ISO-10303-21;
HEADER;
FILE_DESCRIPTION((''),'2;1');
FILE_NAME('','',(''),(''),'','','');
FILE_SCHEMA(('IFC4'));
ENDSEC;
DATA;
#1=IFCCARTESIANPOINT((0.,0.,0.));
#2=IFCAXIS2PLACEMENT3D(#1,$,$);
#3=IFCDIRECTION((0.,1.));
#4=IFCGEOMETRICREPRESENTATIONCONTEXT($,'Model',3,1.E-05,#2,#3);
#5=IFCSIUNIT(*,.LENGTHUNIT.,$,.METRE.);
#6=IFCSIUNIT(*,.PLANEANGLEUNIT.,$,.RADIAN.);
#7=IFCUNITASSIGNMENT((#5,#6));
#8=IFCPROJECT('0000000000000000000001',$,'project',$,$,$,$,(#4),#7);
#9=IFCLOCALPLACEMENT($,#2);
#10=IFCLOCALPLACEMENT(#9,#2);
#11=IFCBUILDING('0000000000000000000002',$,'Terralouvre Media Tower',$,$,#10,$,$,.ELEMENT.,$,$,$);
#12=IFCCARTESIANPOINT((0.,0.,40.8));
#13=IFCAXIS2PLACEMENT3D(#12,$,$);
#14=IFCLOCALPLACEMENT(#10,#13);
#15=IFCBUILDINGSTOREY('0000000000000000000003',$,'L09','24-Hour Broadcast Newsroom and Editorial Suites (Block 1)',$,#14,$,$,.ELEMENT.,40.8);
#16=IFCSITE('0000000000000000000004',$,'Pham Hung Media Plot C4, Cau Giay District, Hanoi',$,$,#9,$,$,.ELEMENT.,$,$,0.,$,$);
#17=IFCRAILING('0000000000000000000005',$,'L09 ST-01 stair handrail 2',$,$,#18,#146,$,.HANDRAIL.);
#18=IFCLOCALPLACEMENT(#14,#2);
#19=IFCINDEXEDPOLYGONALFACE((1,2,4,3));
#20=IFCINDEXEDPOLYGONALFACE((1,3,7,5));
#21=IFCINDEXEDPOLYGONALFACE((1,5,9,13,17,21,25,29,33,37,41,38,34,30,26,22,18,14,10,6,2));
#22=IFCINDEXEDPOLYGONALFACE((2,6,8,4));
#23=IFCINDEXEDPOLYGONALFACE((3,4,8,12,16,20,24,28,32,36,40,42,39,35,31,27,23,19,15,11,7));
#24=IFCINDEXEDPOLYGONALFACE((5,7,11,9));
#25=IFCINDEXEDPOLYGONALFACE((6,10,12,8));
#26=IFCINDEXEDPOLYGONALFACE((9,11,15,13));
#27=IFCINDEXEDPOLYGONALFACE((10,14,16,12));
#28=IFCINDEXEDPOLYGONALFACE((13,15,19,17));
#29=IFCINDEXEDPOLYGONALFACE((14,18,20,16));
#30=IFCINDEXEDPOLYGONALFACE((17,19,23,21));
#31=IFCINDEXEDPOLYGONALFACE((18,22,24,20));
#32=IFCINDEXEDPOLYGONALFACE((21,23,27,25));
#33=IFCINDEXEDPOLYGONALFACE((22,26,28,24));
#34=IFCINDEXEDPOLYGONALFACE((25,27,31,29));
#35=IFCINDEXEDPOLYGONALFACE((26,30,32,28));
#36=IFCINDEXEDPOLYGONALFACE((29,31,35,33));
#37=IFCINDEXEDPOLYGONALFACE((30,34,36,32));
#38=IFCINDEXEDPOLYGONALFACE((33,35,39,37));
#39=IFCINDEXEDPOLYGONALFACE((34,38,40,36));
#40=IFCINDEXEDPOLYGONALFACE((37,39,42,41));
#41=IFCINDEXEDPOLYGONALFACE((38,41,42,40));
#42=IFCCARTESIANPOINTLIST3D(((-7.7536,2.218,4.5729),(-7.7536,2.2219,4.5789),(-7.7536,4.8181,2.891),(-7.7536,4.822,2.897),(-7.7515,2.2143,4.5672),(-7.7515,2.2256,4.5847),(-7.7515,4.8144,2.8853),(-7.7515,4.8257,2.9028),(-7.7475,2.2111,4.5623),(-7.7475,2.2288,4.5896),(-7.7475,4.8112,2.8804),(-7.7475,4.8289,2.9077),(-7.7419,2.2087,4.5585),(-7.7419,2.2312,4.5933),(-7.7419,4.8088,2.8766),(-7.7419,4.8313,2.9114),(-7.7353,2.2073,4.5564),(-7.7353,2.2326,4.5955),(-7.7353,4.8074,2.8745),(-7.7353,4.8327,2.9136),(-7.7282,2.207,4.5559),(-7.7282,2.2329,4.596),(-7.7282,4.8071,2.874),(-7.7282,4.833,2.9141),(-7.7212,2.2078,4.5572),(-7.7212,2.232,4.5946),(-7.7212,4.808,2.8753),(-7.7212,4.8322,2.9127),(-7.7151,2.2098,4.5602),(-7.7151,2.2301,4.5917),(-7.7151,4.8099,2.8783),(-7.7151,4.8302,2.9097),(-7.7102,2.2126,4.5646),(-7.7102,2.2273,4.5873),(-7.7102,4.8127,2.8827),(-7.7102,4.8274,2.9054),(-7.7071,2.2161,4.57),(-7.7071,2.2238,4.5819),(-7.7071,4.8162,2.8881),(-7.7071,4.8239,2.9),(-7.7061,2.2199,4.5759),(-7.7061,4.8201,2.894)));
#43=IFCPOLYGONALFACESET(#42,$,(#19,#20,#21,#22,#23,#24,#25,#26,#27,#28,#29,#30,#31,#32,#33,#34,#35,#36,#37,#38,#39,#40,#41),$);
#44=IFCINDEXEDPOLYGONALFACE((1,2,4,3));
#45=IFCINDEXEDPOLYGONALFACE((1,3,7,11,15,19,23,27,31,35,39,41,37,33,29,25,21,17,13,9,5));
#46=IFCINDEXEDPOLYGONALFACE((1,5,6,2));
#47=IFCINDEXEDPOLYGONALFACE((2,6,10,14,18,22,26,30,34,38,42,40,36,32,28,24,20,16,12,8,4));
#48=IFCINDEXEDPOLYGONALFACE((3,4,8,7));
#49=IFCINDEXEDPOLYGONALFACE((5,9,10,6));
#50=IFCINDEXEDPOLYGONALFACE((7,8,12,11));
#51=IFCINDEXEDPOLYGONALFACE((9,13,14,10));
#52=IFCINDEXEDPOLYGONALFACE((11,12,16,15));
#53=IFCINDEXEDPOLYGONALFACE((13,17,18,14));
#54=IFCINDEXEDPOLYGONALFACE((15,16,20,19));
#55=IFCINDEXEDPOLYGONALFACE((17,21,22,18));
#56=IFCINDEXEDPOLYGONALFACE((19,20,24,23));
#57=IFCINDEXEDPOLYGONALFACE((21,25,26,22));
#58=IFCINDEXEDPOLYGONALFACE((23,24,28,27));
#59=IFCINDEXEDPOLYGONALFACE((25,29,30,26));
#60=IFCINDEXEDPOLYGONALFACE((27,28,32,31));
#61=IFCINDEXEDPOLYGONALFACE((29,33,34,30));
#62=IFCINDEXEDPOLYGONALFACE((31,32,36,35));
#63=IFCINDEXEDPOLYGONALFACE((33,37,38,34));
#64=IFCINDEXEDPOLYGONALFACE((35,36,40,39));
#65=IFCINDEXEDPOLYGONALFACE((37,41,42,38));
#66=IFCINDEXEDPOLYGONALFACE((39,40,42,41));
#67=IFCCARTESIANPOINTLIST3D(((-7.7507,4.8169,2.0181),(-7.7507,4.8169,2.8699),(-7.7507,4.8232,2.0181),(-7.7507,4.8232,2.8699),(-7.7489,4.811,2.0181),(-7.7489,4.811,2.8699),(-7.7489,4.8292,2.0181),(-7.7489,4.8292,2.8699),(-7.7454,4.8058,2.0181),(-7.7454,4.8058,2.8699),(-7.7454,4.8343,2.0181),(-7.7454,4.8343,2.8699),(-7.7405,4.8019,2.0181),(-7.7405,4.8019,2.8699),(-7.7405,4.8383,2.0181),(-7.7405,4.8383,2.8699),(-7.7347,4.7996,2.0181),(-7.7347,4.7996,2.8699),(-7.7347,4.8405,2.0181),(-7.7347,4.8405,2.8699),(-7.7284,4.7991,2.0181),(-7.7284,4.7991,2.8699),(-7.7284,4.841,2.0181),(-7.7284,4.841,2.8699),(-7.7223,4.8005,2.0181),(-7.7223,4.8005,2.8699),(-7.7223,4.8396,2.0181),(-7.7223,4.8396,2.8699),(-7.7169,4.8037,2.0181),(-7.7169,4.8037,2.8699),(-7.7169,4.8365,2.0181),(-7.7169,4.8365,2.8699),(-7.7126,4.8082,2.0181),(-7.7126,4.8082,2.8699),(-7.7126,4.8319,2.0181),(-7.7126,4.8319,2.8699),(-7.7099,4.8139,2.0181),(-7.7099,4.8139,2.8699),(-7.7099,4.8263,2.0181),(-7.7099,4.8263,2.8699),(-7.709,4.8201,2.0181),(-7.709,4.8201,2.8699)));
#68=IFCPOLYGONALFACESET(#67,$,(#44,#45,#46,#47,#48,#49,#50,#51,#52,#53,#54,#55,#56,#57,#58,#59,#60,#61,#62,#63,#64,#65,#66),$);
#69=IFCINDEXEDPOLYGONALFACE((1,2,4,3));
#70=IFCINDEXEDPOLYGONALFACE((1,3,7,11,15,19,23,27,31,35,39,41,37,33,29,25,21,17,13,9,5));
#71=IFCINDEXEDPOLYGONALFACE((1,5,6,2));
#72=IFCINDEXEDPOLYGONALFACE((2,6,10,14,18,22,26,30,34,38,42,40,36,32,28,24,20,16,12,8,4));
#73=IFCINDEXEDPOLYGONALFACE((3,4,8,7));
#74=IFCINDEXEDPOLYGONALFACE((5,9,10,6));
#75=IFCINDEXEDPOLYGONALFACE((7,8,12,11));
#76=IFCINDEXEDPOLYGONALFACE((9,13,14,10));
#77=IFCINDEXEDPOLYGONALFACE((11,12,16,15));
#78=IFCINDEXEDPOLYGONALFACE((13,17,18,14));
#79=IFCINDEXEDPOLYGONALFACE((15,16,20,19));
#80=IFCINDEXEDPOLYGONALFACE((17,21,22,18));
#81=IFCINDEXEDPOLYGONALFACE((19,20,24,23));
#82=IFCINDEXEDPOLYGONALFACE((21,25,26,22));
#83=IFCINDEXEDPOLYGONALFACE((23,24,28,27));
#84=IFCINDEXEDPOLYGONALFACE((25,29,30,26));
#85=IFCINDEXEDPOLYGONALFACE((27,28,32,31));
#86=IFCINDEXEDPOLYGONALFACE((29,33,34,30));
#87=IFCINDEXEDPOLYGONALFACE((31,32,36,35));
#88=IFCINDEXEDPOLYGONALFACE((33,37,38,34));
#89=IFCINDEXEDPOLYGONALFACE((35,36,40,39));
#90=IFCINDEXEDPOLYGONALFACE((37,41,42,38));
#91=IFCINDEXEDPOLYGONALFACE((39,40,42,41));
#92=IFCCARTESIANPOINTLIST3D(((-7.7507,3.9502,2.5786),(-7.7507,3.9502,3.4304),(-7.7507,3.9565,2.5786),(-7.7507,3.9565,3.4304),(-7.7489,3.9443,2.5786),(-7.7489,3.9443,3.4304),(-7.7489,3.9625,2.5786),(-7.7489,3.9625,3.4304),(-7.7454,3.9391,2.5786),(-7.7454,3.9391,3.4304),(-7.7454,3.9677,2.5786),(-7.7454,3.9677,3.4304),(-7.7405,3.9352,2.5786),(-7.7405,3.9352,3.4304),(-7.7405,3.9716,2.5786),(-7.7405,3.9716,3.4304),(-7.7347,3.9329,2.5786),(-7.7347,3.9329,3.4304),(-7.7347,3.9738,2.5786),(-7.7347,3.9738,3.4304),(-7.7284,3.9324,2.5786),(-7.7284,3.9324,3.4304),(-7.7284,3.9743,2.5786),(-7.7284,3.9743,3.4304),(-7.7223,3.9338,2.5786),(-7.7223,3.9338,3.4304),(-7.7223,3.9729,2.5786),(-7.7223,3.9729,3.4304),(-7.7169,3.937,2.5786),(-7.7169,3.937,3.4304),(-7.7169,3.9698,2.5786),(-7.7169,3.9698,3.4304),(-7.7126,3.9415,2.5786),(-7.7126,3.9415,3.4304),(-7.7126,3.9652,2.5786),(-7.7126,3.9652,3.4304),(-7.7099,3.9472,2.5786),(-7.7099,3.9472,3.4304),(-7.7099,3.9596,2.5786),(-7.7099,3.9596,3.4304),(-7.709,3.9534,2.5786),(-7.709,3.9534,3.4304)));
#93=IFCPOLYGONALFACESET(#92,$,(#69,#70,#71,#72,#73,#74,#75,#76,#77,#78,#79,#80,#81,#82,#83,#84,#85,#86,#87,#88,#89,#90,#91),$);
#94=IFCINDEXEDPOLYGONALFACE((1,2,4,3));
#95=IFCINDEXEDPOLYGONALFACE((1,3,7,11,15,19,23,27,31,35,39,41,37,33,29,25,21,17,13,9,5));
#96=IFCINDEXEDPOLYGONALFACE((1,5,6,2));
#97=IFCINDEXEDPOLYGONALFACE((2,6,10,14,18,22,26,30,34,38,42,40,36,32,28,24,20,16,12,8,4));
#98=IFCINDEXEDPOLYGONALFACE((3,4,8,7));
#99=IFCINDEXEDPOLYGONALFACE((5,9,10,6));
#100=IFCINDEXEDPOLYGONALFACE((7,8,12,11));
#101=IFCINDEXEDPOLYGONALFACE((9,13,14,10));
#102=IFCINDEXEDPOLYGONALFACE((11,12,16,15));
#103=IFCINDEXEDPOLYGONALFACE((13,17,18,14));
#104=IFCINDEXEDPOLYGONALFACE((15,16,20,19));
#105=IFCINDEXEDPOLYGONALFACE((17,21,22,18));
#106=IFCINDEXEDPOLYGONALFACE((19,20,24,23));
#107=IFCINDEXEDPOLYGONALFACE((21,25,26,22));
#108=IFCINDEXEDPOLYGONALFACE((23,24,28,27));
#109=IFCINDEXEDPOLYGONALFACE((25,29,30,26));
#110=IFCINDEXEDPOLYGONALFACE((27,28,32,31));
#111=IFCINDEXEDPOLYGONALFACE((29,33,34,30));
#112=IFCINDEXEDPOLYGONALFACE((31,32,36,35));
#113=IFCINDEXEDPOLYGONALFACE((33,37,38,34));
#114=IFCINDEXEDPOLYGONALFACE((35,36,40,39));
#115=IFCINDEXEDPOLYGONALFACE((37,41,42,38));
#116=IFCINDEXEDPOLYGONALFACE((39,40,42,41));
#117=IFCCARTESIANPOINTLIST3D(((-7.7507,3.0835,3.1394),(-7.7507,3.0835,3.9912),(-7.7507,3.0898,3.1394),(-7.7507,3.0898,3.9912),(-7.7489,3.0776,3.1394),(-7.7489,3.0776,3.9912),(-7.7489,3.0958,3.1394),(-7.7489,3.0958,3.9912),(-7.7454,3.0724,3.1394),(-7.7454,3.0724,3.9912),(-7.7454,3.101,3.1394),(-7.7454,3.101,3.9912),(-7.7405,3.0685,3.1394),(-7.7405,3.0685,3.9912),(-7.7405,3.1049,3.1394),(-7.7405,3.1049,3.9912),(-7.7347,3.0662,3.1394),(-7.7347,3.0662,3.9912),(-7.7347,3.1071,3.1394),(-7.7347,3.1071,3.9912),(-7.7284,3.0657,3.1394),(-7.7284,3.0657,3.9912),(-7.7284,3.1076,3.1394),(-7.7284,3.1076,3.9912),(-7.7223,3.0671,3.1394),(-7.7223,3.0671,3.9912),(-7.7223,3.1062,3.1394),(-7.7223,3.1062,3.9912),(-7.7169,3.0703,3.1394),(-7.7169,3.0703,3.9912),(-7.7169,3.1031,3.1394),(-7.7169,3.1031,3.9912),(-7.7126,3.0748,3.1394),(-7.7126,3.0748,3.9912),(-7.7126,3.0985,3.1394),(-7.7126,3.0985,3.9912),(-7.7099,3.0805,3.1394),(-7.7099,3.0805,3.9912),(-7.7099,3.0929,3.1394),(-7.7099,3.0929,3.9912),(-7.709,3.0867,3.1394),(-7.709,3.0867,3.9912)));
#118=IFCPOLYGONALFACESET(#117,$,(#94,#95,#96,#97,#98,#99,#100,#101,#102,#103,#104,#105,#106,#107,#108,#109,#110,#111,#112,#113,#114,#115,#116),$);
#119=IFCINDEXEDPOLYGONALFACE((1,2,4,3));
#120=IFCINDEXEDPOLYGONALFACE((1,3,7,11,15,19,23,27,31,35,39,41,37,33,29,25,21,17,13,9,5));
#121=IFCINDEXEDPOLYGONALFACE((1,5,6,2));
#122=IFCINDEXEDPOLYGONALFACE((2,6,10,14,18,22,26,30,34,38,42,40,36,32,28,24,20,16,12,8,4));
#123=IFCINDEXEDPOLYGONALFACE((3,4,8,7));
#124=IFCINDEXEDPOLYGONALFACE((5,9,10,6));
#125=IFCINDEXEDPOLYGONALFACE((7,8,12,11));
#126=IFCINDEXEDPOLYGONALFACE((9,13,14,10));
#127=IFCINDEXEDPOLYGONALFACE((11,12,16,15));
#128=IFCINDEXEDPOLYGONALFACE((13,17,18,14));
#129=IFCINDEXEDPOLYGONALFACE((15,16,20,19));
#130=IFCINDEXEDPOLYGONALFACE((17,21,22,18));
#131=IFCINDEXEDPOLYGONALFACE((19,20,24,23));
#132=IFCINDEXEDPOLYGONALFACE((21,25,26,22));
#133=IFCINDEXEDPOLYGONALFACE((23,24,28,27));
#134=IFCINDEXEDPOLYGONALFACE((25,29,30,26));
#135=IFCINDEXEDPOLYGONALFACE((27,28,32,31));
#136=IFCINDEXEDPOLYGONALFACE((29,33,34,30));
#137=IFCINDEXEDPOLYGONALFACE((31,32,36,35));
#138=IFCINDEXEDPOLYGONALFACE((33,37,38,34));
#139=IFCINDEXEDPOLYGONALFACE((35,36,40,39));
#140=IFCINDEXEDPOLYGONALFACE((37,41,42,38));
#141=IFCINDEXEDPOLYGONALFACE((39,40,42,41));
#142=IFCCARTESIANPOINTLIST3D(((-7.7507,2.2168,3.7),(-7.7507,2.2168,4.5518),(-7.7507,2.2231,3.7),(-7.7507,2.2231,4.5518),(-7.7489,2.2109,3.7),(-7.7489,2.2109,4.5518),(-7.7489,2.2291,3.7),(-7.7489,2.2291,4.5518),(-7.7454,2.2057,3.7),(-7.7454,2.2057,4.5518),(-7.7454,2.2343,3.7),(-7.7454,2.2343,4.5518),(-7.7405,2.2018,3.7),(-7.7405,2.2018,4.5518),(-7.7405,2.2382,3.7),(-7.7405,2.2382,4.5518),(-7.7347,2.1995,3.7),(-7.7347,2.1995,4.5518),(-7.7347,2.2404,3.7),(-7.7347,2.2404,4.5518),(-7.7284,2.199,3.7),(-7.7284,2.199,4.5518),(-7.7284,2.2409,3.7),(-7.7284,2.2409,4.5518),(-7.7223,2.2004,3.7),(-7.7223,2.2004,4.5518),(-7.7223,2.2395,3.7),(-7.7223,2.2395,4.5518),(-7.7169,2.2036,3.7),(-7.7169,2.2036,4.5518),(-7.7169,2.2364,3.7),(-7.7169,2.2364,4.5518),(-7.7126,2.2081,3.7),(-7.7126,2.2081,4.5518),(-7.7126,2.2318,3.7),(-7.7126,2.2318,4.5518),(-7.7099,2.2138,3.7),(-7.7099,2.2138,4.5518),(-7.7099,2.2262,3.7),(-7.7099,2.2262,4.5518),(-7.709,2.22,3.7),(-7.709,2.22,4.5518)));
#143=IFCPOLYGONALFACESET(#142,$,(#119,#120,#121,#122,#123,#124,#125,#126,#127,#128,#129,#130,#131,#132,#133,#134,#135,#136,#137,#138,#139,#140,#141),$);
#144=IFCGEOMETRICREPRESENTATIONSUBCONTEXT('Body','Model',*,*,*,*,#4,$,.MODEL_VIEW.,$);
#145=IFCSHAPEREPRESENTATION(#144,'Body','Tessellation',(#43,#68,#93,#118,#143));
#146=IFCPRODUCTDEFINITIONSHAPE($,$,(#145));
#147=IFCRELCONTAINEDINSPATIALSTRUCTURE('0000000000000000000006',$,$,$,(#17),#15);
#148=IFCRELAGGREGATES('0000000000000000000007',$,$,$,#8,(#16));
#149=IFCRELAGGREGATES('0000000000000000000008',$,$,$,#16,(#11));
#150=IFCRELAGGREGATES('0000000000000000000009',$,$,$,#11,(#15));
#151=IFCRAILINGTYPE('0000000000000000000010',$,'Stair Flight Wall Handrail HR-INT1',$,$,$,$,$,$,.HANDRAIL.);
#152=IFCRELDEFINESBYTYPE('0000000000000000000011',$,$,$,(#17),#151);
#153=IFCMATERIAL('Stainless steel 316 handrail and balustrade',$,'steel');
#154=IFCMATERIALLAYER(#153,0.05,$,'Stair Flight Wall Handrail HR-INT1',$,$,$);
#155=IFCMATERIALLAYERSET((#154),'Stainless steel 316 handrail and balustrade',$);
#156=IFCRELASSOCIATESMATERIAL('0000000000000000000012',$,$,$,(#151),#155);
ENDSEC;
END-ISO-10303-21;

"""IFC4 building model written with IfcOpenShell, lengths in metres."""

from ifc_helpers import new_model, si_unit, direction, frame, origin, origin_2d, place, context, subcontext, project, spatial, circle, extrude, material, layer, layer_set, type_object, element, save


model = new_model("IFC4")

# Units and contexts
model_context = context("Model", 3, precision=1e-05, world=origin(), true_north=direction((0.0, 1.0)))
body_context = subcontext(model_context, "Body", "Model", "MODEL_VIEW")
ifc_project = project(units=[si_unit("LENGTHUNIT", "METRE"), si_unit("PLANEANGLEUNIT", "RADIAN")], contexts=[model_context])

# Site, building, storey
site_placement = place(None, origin())
site = spatial("IfcSite", under=ifc_project, at=site_placement, Name="Pham Hung Media Plot C4, Cau Giay District, Hanoi", CompositionType="ELEMENT", RefElevation=0.0)
building_placement = place(site_placement, origin())
building = spatial("IfcBuilding", under=site, at=building_placement, Name="Terralouvre Media Tower", CompositionType="ELEMENT")
storey_placement = place(building_placement, frame((0.0, 0.0, 40.8)))
storey = spatial("IfcBuildingStorey", under=building, at=storey_placement, Name="L09", Description="24-Hour Broadcast Newsroom and Editorial Suites (Block 1)", CompositionType="ELEMENT", Elevation=40.8)

# Railing
ifc_material_1 = material(Name="Stainless steel 316 handrail and balustrade", Category="steel")
ifc_layer_1 = layer(ifc_material_1, 0.05, Name="Stair Flight Wall Handrail HR-INT1")
ifc_layer_set_1 = layer_set([ifc_layer_1], Name="Stainless steel 316 handrail and balustrade")
railing_type_1 = type_object("IfcRailingType", Name="Stair Flight Wall Handrail HR-INT1", PredefinedType="HANDRAIL", material=ifc_layer_set_1)
railing_1_placement = place(storey_placement, frame((-7.73, 4.8201, 2.0181)))
element("IfcRailing", 1, at=railing_1_placement, inside=storey, type_object=railing_type_1, Name="L09 ST-01 stair handrail 2", PredefinedType="HANDRAIL", context=body_context, shape_type="SweptSolid", body=[
    extrude(circle(Radius=0.0239, at=origin_2d()), frame((0.0, 0.0, 0.876), z_axis=(0.0, -0.839648, 0.54313), x_axis=(1.0, 0.0, 0.0)), (0.0, 0.0, 1.0), 3.0967),
    extrude(circle(Radius=0.021, at=origin_2d()), origin(), (0.0, 0.0, 1.0), 0.8518),
    extrude(circle(Radius=0.021, at=origin_2d()), frame((0.0, -0.8667, 0.5605)), (0.0, 0.0, 1.0), 0.8518),
    extrude(circle(Radius=0.021, at=origin_2d()), frame((0.0, -1.7334, 1.1213)), (0.0, 0.0, 1.0), 0.8518),
    extrude(circle(Radius=0.021, at=origin_2d()), frame((0.0, -2.6001, 1.6819)), (0.0, 0.0, 1.0), 0.8518),
])

save(model, "model.ifc")
